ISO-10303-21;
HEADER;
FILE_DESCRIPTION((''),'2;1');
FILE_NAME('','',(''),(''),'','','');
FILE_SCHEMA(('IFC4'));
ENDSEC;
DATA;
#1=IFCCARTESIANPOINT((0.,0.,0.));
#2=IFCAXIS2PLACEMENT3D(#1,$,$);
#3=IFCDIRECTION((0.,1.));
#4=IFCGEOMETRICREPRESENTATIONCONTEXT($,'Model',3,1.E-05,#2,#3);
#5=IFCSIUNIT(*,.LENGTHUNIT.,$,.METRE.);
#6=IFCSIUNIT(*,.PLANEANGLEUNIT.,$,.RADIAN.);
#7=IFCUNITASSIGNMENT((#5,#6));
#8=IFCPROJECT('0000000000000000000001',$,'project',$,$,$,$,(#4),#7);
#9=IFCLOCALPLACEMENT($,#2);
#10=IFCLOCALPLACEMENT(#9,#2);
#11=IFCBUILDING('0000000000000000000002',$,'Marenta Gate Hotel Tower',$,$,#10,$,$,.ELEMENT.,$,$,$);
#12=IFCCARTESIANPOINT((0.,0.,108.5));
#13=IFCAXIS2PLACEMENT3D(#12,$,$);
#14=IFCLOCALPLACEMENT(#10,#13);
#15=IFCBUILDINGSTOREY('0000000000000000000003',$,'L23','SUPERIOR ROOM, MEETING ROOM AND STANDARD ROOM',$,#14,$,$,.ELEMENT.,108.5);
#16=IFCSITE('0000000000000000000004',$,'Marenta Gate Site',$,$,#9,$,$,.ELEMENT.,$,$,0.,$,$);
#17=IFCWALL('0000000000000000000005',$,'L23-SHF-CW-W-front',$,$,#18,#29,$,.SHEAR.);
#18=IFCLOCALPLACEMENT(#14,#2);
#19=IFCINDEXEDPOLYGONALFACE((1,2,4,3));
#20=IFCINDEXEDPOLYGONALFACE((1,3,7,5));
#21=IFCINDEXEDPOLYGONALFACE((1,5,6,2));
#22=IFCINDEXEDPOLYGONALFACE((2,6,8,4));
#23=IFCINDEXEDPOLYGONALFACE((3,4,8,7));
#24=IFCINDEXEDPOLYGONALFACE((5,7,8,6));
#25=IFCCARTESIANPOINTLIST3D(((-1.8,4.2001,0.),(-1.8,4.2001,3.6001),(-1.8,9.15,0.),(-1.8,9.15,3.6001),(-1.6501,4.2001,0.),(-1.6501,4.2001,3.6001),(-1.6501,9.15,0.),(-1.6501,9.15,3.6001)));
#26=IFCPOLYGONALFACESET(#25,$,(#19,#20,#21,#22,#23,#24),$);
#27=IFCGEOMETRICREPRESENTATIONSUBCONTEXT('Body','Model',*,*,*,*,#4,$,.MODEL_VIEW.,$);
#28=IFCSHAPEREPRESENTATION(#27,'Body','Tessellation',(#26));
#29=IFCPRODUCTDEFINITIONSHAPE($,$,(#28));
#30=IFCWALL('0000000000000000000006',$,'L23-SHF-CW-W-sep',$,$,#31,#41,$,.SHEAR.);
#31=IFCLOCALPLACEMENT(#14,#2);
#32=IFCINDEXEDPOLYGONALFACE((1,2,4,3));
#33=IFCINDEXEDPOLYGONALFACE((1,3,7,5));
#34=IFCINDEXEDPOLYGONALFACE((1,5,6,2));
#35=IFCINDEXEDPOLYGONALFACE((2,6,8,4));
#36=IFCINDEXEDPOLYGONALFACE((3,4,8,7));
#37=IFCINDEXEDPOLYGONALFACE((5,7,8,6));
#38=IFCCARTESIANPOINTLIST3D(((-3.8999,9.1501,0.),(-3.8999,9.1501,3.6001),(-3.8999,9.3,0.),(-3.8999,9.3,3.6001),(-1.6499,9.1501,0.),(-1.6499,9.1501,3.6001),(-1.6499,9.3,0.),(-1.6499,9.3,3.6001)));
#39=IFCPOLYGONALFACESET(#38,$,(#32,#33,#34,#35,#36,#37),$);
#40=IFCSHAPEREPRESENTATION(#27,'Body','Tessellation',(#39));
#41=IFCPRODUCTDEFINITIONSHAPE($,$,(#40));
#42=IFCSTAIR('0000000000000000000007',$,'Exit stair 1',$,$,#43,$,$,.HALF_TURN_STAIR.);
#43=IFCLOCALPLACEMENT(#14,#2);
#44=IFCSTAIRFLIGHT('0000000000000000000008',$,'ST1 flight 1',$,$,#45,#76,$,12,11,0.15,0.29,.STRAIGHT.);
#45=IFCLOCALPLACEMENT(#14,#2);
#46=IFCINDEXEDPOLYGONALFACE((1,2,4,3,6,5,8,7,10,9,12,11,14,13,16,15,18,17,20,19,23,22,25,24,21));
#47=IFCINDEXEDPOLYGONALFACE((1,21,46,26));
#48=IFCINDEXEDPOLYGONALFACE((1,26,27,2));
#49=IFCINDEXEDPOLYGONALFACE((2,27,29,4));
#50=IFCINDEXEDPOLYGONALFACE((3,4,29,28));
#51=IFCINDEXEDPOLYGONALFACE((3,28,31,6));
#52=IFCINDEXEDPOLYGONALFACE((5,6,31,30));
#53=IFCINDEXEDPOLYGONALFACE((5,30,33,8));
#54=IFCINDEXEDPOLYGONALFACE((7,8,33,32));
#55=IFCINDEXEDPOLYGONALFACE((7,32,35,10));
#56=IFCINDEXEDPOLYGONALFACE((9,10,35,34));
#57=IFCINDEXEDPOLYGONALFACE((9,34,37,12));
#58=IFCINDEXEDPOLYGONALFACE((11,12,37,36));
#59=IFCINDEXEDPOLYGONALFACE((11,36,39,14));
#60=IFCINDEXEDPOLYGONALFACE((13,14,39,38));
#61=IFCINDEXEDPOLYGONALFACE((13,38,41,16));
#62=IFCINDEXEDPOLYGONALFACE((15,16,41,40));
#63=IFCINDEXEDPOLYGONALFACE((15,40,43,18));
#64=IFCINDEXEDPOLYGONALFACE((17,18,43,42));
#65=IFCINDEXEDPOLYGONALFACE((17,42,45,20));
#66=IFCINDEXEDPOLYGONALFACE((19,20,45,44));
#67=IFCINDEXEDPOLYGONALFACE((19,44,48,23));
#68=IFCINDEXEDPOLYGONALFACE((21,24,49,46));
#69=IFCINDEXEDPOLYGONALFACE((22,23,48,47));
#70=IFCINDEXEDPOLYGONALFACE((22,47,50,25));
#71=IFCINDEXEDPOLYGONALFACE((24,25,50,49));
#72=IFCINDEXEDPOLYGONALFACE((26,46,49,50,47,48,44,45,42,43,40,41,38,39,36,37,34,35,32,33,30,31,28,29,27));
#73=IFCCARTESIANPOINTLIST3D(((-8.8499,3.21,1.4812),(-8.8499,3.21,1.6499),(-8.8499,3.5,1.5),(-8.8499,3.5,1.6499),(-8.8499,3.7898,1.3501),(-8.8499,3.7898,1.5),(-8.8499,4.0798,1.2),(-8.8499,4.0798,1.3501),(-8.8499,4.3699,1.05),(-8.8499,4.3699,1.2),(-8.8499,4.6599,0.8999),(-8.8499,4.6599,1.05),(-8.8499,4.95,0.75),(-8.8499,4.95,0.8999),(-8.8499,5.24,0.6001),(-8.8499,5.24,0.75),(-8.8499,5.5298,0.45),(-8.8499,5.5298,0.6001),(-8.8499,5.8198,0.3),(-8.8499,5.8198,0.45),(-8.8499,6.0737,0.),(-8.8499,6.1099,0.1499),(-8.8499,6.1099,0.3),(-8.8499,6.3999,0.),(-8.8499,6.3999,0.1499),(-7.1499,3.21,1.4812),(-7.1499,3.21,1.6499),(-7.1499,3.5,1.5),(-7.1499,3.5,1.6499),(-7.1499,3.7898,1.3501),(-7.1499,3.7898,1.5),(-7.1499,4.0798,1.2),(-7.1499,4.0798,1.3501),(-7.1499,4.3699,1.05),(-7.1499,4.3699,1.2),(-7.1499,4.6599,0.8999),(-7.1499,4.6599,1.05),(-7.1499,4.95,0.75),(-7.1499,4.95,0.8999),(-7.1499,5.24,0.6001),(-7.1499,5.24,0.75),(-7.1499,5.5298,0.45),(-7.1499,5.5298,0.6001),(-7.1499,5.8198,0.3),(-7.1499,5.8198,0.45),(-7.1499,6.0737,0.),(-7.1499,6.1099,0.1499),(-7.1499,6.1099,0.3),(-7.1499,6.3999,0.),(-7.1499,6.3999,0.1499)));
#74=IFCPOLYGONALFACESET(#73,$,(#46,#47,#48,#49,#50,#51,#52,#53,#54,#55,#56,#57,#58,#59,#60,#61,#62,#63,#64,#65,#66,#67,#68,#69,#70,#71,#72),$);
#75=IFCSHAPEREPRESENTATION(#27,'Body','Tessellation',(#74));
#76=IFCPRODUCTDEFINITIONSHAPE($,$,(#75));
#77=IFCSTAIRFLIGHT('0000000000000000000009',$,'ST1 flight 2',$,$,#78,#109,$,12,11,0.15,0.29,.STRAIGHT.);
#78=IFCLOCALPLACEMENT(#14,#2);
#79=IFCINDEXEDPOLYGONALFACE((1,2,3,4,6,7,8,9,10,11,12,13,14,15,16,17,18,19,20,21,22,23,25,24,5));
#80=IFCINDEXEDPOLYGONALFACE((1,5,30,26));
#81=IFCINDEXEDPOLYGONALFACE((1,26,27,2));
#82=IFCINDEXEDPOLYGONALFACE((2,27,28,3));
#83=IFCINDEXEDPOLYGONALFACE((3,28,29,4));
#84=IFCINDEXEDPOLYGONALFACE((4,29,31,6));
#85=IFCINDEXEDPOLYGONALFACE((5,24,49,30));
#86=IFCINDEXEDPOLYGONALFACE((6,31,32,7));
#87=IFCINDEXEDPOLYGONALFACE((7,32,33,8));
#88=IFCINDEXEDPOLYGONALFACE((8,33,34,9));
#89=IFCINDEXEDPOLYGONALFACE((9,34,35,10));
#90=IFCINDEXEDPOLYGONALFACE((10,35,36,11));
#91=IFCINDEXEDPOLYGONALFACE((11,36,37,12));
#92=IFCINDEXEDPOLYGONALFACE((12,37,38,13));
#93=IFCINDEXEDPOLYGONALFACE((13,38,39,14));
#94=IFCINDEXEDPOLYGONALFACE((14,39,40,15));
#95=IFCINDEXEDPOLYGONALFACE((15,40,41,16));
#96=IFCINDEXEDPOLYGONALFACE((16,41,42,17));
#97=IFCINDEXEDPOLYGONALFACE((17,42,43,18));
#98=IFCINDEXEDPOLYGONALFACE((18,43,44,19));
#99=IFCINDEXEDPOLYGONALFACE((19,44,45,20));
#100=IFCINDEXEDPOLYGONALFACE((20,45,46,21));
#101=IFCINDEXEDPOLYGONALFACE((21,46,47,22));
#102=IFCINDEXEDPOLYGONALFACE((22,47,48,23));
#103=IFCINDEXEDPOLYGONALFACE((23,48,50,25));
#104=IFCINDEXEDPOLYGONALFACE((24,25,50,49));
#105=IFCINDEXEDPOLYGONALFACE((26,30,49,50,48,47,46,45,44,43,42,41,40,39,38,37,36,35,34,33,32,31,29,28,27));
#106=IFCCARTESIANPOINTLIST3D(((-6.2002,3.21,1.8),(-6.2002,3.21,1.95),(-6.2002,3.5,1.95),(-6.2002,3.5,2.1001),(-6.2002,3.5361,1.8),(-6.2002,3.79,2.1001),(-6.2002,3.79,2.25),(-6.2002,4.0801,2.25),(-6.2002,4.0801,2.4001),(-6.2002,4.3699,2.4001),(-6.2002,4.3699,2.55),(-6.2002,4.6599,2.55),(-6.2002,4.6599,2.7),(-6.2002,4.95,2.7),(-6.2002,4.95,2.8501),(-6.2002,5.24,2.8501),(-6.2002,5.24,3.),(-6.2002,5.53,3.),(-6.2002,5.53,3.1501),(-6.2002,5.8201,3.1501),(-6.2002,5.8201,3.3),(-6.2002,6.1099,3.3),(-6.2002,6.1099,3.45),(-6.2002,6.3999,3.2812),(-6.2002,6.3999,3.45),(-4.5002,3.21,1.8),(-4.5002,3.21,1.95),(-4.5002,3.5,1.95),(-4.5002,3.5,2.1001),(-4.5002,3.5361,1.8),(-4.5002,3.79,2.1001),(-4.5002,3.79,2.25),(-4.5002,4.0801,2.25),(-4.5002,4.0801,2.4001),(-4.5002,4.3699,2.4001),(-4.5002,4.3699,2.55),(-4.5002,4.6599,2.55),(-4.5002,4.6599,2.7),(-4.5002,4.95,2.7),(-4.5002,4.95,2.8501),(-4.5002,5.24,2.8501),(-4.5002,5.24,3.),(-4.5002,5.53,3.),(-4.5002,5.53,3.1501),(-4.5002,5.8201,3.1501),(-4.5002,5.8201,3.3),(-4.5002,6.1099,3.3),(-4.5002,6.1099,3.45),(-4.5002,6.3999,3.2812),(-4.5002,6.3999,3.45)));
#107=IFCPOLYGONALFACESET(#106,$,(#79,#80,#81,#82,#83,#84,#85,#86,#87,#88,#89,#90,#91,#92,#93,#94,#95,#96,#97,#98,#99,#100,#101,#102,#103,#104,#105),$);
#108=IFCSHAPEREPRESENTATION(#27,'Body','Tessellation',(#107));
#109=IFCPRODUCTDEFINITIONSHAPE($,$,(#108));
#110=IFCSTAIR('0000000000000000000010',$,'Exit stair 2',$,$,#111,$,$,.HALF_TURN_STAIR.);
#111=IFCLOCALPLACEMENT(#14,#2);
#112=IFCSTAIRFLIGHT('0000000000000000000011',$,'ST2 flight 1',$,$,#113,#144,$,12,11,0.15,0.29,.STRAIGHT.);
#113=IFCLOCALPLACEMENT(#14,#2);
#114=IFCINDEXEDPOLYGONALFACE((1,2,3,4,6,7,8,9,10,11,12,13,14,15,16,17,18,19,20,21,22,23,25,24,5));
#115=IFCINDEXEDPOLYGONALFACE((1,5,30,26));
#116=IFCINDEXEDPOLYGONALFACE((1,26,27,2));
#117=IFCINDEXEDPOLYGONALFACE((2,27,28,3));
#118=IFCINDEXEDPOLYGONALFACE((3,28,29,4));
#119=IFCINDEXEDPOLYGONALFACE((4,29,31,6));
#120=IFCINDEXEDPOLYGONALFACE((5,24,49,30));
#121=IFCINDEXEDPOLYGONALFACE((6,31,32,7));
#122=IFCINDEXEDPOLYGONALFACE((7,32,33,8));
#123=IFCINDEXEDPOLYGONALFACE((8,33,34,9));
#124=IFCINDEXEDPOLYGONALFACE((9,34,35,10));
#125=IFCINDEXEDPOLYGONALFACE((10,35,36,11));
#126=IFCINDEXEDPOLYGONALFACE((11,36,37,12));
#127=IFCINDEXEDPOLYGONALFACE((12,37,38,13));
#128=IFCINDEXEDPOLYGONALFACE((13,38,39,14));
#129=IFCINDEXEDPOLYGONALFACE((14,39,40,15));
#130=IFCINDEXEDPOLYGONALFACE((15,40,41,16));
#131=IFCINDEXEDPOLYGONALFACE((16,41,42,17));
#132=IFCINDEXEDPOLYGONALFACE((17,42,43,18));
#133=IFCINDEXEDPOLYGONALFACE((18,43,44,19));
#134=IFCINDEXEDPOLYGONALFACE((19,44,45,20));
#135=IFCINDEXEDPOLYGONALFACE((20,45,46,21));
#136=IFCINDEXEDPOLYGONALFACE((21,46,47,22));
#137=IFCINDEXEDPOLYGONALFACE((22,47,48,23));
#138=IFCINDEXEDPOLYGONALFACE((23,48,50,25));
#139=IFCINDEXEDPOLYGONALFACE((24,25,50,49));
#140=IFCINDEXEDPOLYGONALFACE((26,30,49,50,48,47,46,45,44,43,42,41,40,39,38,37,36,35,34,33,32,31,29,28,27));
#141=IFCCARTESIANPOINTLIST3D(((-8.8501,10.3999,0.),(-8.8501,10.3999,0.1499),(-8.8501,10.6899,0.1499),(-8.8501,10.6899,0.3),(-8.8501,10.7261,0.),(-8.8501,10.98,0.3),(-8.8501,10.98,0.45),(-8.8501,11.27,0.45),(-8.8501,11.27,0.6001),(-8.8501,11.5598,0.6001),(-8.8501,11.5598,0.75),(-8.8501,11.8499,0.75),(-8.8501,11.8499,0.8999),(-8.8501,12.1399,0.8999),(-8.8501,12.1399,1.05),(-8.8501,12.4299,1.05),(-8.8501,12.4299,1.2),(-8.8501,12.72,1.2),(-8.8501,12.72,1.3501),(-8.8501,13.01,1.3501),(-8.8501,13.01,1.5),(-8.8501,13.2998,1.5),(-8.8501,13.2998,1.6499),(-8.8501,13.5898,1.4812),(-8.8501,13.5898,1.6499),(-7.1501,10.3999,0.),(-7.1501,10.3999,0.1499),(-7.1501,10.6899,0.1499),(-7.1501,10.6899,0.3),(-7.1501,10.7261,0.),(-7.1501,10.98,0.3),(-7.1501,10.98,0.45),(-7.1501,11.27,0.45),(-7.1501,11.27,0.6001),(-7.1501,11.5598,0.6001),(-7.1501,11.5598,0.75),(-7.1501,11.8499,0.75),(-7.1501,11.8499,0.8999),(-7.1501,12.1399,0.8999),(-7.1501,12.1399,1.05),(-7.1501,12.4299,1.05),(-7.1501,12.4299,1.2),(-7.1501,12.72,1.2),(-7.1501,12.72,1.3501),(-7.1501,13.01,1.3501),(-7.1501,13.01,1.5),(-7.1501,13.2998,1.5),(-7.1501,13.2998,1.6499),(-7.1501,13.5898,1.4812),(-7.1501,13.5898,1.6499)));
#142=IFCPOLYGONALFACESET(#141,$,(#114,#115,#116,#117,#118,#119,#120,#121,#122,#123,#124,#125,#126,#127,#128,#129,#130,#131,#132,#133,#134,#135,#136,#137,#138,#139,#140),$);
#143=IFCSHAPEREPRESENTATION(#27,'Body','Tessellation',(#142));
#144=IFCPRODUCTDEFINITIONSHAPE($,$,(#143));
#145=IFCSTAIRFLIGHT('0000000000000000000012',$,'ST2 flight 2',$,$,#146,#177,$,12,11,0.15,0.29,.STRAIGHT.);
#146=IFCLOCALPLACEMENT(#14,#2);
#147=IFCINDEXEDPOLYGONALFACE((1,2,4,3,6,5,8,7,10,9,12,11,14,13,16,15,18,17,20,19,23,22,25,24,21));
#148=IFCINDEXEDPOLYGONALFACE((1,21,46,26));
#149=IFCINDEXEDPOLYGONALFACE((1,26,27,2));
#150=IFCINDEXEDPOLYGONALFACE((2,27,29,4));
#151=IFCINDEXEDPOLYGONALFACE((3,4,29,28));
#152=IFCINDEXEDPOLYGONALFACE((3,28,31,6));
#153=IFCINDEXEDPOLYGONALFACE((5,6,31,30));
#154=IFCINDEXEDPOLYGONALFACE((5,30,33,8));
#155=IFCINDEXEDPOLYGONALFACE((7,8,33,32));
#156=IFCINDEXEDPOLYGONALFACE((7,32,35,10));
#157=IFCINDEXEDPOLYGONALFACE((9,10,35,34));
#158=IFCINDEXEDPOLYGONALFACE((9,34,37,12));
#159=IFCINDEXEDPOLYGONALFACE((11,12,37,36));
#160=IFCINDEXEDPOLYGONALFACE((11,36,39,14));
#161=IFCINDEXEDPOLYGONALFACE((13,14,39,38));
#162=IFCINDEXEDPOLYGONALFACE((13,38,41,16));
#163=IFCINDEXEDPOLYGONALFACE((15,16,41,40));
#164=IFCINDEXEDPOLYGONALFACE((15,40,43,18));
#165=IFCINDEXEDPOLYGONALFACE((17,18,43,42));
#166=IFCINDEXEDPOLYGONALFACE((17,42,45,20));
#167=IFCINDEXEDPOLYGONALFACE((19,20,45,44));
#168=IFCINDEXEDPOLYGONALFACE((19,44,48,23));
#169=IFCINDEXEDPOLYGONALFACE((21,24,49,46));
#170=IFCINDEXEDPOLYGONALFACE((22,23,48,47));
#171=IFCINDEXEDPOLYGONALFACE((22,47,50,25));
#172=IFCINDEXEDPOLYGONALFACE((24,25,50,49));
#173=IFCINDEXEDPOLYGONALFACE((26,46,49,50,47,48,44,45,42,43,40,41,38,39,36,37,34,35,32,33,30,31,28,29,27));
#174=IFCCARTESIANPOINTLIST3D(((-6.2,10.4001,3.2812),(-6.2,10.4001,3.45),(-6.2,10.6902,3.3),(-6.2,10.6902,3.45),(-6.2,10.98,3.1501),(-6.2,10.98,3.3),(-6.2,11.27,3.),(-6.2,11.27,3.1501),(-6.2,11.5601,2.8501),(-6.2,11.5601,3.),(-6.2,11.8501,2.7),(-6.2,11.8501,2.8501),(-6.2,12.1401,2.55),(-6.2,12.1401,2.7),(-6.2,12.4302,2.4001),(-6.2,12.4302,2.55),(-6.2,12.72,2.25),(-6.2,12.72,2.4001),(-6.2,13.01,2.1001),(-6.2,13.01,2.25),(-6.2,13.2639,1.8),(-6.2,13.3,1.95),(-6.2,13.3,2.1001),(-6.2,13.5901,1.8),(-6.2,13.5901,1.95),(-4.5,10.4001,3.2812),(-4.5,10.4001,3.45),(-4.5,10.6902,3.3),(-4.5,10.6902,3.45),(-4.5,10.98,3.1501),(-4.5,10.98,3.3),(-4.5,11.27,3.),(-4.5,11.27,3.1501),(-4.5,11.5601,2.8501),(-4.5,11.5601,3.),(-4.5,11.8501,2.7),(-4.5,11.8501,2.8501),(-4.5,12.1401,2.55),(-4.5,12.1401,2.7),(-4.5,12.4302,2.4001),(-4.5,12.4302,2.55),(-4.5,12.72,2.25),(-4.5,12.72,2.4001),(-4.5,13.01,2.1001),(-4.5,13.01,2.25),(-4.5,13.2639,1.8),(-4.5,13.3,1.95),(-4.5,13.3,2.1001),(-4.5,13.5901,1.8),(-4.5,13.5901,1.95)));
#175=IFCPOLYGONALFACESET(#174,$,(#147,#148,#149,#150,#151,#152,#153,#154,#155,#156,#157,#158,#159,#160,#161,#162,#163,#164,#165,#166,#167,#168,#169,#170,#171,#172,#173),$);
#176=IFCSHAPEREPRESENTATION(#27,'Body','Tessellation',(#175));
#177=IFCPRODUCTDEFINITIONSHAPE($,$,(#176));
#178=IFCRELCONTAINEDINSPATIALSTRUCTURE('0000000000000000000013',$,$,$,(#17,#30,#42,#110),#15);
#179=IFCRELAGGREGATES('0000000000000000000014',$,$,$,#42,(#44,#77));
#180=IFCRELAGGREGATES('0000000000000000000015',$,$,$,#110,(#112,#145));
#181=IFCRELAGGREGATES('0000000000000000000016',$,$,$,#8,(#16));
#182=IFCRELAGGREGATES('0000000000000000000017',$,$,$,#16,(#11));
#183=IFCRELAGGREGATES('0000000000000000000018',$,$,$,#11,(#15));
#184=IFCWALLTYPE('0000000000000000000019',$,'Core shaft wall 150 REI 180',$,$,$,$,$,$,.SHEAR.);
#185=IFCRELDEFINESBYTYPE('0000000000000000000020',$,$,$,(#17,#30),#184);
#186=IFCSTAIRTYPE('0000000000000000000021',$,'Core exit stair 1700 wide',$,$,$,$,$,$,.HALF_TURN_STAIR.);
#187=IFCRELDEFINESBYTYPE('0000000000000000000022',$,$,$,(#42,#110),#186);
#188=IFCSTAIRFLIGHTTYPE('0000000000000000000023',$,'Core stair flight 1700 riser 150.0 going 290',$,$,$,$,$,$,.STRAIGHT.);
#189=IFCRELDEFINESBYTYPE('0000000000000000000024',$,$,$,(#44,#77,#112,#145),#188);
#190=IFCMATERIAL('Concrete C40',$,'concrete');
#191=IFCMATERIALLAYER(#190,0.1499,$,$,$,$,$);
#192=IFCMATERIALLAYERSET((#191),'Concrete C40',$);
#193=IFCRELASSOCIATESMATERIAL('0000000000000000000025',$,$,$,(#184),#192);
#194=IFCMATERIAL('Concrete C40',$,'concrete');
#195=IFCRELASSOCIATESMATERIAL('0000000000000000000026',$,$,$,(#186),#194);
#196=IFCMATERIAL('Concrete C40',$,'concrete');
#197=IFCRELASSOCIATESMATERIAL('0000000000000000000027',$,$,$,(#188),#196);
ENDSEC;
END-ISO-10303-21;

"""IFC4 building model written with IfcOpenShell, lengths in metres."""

from ifc_helpers import new_model, si_unit, direction, frame, frame_2d, origin, place, context, subcontext, project, spatial, polyline, rectangle, outline, extrude, material, layer, layer_set, type_object, element, aggregate, save


model = new_model("IFC4")

# Units and contexts
model_context = context("Model", 3, precision=1e-05, world=origin(), true_north=direction((0.0, 1.0)))
body_context = subcontext(model_context, "Body", "Model", "MODEL_VIEW")
ifc_project = project(units=[si_unit("LENGTHUNIT", "METRE"), si_unit("PLANEANGLEUNIT", "RADIAN")], contexts=[model_context])

# Site, building, storey
site_placement = place(None, origin())
site = spatial("IfcSite", under=ifc_project, at=site_placement, Name="Marenta Gate Site", CompositionType="ELEMENT", RefElevation=0.0)
building_placement = place(site_placement, origin())
building = spatial("IfcBuilding", under=site, at=building_placement, Name="Marenta Gate Hotel Tower", CompositionType="ELEMENT")
storey_placement = place(building_placement, frame((0.0, 0.0, 108.5)))
storey = spatial("IfcBuildingStorey", under=building, at=storey_placement, Name="L23", Description="SUPERIOR ROOM, MEETING ROOM AND STANDARD ROOM", CompositionType="ELEMENT", Elevation=108.5)

# Shared definitions
ifc_material_1 = material(Name="Concrete C40", Category="concrete")
ifc_layer_1 = layer(ifc_material_1, 0.1499)
ifc_layer_set_1 = layer_set([ifc_layer_1], Name="Concrete C40")
wall_type_1 = type_object("IfcWallType", Name="Core shaft wall 150 REI 180", PredefinedType="SHEAR", material=ifc_layer_set_1)

# Walls
wall_1_placement = place(storey_placement, frame((-1.7251, 4.2, 0.0), z_axis=(0.0, 0.0, 1.0), x_axis=(0.0, 1.0, 0.0)))
element("IfcWall", 1, at=wall_1_placement, inside=storey, type_object=wall_type_1, Name="L23-SHF-CW-W-front", PredefinedType="SHEAR", context=body_context, shape_type="SweptSolid", body=[
    extrude(rectangle(XDim=4.95, YDim=0.1499, at=frame_2d((2.4751, 0.0))), origin(), (0.0, 0.0, 1.0), 3.6001),
])
wall_2_placement = place(storey_placement, frame((-3.8999, 9.2251, 0.0), z_axis=(0.0, 0.0, 1.0), x_axis=(1.0, 0.0, 0.0)))
element("IfcWall", 2, at=wall_2_placement, inside=storey, type_object=wall_type_1, Name="L23-SHF-CW-W-sep", PredefinedType="SHEAR", context=body_context, shape_type="SweptSolid", body=[
    extrude(rectangle(XDim=2.25, YDim=0.1499, at=frame_2d((1.125, 0.0))), origin(), (0.0, 0.0, 1.0), 3.6001),
])

# Stairs, stair flights
ifc_material_2 = material(Name="Concrete C40", Category="concrete")
stair_type = type_object("IfcStairType", Name="Core exit stair 1700 wide", PredefinedType="HALF_TURN_STAIR", material=ifc_material_2)
stair_1_placement = place(storey_placement, origin())
stair_1 = element("IfcStair", 3, at=stair_1_placement, inside=storey, type_object=stair_type, Name="Exit stair 1", PredefinedType="HALF_TURN_STAIR")
ifc_material_3 = material(Name="Concrete C40", Category="concrete")
stair_flight_type = type_object("IfcStairFlightType", Name="Core stair flight 1700 riser 150.0 going 290", PredefinedType="STRAIGHT", material=ifc_material_3)
stair_flight_1_placement = place(storey_placement, frame((-8.0, 6.3999, 0.0), z_axis=(0.0, 0.0, 1.0), x_axis=(0.0, -1.0, 0.0)))
stair_flight_1 = element("IfcStairFlight", 4, at=stair_flight_1_placement, type_object=stair_flight_type, Name="ST1 flight 1", NumberOfRisers=12, NumberOfTreads=11, PredefinedType="STRAIGHT", RiserHeight=0.15, TreadLength=0.29, context=body_context, shape_type="SweptSolid", body=[
    extrude(outline(polyline([(0.0, 0.0), (0.0, 0.1499), (0.29, 0.1499), (0.29, 0.3), (0.5801, 0.3), (0.5801, 0.45), (0.8701, 0.45), (0.8701, 0.6001), (1.1599, 0.6001), (1.1599, 0.75), (1.45, 0.75), (1.45, 0.8999), (1.74, 0.8999), (1.74, 1.05), (2.03, 1.05), (2.03, 1.2), (2.3201, 1.2), (2.3201, 1.3501), (2.6101, 1.3501), (2.6101, 1.5), (2.8999, 1.5), (2.8999, 1.6499), (3.1899, 1.6499), (3.1899, 1.8), (3.1899, 1.4812), (0.3262, 0.0), (0.0, 0.0)])), frame((0.0, 0.8501, 0.0), z_axis=(0.0, -1.0, 0.0), x_axis=(1.0, 0.0, 0.0)), (0.0, 0.0, 1.0), 1.7),
])
stair_flight_2_placement = place(storey_placement, frame((-5.3501, 3.21, 1.8), z_axis=(0.0, 0.0, 1.0), x_axis=(0.0, 1.0, 0.0)))
stair_flight_2 = element("IfcStairFlight", 5, at=stair_flight_2_placement, type_object=stair_flight_type, Name="ST1 flight 2", NumberOfRisers=12, NumberOfTreads=11, PredefinedType="STRAIGHT", RiserHeight=0.15, TreadLength=0.29, context=body_context, shape_type="SweptSolid", body=[
    extrude(outline(polyline([(0.0, 0.0), (0.0, 0.1499), (0.29, 0.1499), (0.29, 0.3), (0.5801, 0.3), (0.5801, 0.45), (0.8701, 0.45), (0.8701, 0.6001), (1.1599, 0.6001), (1.1599, 0.75), (1.45, 0.75), (1.45, 0.8999), (1.74, 0.8999), (1.74, 1.05), (2.03, 1.05), (2.03, 1.2), (2.3201, 1.2), (2.3201, 1.3501), (2.6101, 1.3501), (2.6101, 1.5), (2.8999, 1.5), (2.8999, 1.6499), (3.1899, 1.6499), (3.1899, 1.8), (3.1899, 1.4812), (0.3262, 0.0), (0.0, 0.0)])), frame((0.0, 0.8501, 0.0), z_axis=(0.0, -1.0, 0.0), x_axis=(1.0, 0.0, 0.0)), (0.0, 0.0, 1.0), 1.7),
])
aggregate(stair_1, [stair_flight_1, stair_flight_2])
stair_2_placement = place(storey_placement, origin())
stair_2 = element("IfcStair", 6, at=stair_2_placement, inside=storey, type_object=stair_type, Name="Exit stair 2", PredefinedType="HALF_TURN_STAIR")
stair_flight_3_placement = place(storey_placement, frame((-8.0, 10.3999, 0.0), z_axis=(0.0, 0.0, 1.0), x_axis=(0.0, 1.0, 0.0)))
stair_flight_3 = element("IfcStairFlight", 7, at=stair_flight_3_placement, type_object=stair_flight_type, Name="ST2 flight 1", NumberOfRisers=12, NumberOfTreads=11, PredefinedType="STRAIGHT", RiserHeight=0.15, TreadLength=0.29, context=body_context, shape_type="SweptSolid", body=[
    extrude(outline(polyline([(0.0, 0.0), (0.0, 0.1499), (0.29, 0.1499), (0.29, 0.3), (0.5801, 0.3), (0.5801, 0.45), (0.8701, 0.45), (0.8701, 0.6001), (1.1599, 0.6001), (1.1599, 0.75), (1.45, 0.75), (1.45, 0.8999), (1.74, 0.8999), (1.74, 1.05), (2.03, 1.05), (2.03, 1.2), (2.3201, 1.2), (2.3201, 1.3501), (2.6101, 1.3501), (2.6101, 1.5), (2.8999, 1.5), (2.8999, 1.6499), (3.1899, 1.6499), (3.1899, 1.8), (3.1899, 1.4812), (0.3262, 0.0), (0.0, 0.0)])), frame((0.0, 0.8501, 0.0), z_axis=(0.0, -1.0, 0.0), x_axis=(1.0, 0.0, 0.0)), (0.0, 0.0, 1.0), 1.7),
])
stair_flight_4_placement = place(storey_placement, frame((-5.3501, 13.5901, 1.8), z_axis=(0.0, 0.0, 1.0), x_axis=(0.0, -1.0, 0.0)))
stair_flight_4 = element("IfcStairFlight", 8, at=stair_flight_4_placement, type_object=stair_flight_type, Name="ST2 flight 2", NumberOfRisers=12, NumberOfTreads=11, PredefinedType="STRAIGHT", RiserHeight=0.15, TreadLength=0.29, context=body_context, shape_type="SweptSolid", body=[
    extrude(outline(polyline([(0.0, 0.0), (0.0, 0.1499), (0.29, 0.1499), (0.29, 0.3), (0.5801, 0.3), (0.5801, 0.45), (0.8701, 0.45), (0.8701, 0.6001), (1.1599, 0.6001), (1.1599, 0.75), (1.45, 0.75), (1.45, 0.8999), (1.74, 0.8999), (1.74, 1.05), (2.03, 1.05), (2.03, 1.2), (2.3201, 1.2), (2.3201, 1.3501), (2.6101, 1.3501), (2.6101, 1.5), (2.8999, 1.5), (2.8999, 1.6499), (3.1899, 1.6499), (3.1899, 1.8), (3.1899, 1.4812), (0.3262, 0.0), (0.0, 0.0)])), frame((0.0, 0.8501, 0.0), z_axis=(0.0, -1.0, 0.0), x_axis=(1.0, 0.0, 0.0)), (0.0, 0.0, 1.0), 1.7),
])
aggregate(stair_2, [stair_flight_3, stair_flight_4])

save(model, "model.ifc")
